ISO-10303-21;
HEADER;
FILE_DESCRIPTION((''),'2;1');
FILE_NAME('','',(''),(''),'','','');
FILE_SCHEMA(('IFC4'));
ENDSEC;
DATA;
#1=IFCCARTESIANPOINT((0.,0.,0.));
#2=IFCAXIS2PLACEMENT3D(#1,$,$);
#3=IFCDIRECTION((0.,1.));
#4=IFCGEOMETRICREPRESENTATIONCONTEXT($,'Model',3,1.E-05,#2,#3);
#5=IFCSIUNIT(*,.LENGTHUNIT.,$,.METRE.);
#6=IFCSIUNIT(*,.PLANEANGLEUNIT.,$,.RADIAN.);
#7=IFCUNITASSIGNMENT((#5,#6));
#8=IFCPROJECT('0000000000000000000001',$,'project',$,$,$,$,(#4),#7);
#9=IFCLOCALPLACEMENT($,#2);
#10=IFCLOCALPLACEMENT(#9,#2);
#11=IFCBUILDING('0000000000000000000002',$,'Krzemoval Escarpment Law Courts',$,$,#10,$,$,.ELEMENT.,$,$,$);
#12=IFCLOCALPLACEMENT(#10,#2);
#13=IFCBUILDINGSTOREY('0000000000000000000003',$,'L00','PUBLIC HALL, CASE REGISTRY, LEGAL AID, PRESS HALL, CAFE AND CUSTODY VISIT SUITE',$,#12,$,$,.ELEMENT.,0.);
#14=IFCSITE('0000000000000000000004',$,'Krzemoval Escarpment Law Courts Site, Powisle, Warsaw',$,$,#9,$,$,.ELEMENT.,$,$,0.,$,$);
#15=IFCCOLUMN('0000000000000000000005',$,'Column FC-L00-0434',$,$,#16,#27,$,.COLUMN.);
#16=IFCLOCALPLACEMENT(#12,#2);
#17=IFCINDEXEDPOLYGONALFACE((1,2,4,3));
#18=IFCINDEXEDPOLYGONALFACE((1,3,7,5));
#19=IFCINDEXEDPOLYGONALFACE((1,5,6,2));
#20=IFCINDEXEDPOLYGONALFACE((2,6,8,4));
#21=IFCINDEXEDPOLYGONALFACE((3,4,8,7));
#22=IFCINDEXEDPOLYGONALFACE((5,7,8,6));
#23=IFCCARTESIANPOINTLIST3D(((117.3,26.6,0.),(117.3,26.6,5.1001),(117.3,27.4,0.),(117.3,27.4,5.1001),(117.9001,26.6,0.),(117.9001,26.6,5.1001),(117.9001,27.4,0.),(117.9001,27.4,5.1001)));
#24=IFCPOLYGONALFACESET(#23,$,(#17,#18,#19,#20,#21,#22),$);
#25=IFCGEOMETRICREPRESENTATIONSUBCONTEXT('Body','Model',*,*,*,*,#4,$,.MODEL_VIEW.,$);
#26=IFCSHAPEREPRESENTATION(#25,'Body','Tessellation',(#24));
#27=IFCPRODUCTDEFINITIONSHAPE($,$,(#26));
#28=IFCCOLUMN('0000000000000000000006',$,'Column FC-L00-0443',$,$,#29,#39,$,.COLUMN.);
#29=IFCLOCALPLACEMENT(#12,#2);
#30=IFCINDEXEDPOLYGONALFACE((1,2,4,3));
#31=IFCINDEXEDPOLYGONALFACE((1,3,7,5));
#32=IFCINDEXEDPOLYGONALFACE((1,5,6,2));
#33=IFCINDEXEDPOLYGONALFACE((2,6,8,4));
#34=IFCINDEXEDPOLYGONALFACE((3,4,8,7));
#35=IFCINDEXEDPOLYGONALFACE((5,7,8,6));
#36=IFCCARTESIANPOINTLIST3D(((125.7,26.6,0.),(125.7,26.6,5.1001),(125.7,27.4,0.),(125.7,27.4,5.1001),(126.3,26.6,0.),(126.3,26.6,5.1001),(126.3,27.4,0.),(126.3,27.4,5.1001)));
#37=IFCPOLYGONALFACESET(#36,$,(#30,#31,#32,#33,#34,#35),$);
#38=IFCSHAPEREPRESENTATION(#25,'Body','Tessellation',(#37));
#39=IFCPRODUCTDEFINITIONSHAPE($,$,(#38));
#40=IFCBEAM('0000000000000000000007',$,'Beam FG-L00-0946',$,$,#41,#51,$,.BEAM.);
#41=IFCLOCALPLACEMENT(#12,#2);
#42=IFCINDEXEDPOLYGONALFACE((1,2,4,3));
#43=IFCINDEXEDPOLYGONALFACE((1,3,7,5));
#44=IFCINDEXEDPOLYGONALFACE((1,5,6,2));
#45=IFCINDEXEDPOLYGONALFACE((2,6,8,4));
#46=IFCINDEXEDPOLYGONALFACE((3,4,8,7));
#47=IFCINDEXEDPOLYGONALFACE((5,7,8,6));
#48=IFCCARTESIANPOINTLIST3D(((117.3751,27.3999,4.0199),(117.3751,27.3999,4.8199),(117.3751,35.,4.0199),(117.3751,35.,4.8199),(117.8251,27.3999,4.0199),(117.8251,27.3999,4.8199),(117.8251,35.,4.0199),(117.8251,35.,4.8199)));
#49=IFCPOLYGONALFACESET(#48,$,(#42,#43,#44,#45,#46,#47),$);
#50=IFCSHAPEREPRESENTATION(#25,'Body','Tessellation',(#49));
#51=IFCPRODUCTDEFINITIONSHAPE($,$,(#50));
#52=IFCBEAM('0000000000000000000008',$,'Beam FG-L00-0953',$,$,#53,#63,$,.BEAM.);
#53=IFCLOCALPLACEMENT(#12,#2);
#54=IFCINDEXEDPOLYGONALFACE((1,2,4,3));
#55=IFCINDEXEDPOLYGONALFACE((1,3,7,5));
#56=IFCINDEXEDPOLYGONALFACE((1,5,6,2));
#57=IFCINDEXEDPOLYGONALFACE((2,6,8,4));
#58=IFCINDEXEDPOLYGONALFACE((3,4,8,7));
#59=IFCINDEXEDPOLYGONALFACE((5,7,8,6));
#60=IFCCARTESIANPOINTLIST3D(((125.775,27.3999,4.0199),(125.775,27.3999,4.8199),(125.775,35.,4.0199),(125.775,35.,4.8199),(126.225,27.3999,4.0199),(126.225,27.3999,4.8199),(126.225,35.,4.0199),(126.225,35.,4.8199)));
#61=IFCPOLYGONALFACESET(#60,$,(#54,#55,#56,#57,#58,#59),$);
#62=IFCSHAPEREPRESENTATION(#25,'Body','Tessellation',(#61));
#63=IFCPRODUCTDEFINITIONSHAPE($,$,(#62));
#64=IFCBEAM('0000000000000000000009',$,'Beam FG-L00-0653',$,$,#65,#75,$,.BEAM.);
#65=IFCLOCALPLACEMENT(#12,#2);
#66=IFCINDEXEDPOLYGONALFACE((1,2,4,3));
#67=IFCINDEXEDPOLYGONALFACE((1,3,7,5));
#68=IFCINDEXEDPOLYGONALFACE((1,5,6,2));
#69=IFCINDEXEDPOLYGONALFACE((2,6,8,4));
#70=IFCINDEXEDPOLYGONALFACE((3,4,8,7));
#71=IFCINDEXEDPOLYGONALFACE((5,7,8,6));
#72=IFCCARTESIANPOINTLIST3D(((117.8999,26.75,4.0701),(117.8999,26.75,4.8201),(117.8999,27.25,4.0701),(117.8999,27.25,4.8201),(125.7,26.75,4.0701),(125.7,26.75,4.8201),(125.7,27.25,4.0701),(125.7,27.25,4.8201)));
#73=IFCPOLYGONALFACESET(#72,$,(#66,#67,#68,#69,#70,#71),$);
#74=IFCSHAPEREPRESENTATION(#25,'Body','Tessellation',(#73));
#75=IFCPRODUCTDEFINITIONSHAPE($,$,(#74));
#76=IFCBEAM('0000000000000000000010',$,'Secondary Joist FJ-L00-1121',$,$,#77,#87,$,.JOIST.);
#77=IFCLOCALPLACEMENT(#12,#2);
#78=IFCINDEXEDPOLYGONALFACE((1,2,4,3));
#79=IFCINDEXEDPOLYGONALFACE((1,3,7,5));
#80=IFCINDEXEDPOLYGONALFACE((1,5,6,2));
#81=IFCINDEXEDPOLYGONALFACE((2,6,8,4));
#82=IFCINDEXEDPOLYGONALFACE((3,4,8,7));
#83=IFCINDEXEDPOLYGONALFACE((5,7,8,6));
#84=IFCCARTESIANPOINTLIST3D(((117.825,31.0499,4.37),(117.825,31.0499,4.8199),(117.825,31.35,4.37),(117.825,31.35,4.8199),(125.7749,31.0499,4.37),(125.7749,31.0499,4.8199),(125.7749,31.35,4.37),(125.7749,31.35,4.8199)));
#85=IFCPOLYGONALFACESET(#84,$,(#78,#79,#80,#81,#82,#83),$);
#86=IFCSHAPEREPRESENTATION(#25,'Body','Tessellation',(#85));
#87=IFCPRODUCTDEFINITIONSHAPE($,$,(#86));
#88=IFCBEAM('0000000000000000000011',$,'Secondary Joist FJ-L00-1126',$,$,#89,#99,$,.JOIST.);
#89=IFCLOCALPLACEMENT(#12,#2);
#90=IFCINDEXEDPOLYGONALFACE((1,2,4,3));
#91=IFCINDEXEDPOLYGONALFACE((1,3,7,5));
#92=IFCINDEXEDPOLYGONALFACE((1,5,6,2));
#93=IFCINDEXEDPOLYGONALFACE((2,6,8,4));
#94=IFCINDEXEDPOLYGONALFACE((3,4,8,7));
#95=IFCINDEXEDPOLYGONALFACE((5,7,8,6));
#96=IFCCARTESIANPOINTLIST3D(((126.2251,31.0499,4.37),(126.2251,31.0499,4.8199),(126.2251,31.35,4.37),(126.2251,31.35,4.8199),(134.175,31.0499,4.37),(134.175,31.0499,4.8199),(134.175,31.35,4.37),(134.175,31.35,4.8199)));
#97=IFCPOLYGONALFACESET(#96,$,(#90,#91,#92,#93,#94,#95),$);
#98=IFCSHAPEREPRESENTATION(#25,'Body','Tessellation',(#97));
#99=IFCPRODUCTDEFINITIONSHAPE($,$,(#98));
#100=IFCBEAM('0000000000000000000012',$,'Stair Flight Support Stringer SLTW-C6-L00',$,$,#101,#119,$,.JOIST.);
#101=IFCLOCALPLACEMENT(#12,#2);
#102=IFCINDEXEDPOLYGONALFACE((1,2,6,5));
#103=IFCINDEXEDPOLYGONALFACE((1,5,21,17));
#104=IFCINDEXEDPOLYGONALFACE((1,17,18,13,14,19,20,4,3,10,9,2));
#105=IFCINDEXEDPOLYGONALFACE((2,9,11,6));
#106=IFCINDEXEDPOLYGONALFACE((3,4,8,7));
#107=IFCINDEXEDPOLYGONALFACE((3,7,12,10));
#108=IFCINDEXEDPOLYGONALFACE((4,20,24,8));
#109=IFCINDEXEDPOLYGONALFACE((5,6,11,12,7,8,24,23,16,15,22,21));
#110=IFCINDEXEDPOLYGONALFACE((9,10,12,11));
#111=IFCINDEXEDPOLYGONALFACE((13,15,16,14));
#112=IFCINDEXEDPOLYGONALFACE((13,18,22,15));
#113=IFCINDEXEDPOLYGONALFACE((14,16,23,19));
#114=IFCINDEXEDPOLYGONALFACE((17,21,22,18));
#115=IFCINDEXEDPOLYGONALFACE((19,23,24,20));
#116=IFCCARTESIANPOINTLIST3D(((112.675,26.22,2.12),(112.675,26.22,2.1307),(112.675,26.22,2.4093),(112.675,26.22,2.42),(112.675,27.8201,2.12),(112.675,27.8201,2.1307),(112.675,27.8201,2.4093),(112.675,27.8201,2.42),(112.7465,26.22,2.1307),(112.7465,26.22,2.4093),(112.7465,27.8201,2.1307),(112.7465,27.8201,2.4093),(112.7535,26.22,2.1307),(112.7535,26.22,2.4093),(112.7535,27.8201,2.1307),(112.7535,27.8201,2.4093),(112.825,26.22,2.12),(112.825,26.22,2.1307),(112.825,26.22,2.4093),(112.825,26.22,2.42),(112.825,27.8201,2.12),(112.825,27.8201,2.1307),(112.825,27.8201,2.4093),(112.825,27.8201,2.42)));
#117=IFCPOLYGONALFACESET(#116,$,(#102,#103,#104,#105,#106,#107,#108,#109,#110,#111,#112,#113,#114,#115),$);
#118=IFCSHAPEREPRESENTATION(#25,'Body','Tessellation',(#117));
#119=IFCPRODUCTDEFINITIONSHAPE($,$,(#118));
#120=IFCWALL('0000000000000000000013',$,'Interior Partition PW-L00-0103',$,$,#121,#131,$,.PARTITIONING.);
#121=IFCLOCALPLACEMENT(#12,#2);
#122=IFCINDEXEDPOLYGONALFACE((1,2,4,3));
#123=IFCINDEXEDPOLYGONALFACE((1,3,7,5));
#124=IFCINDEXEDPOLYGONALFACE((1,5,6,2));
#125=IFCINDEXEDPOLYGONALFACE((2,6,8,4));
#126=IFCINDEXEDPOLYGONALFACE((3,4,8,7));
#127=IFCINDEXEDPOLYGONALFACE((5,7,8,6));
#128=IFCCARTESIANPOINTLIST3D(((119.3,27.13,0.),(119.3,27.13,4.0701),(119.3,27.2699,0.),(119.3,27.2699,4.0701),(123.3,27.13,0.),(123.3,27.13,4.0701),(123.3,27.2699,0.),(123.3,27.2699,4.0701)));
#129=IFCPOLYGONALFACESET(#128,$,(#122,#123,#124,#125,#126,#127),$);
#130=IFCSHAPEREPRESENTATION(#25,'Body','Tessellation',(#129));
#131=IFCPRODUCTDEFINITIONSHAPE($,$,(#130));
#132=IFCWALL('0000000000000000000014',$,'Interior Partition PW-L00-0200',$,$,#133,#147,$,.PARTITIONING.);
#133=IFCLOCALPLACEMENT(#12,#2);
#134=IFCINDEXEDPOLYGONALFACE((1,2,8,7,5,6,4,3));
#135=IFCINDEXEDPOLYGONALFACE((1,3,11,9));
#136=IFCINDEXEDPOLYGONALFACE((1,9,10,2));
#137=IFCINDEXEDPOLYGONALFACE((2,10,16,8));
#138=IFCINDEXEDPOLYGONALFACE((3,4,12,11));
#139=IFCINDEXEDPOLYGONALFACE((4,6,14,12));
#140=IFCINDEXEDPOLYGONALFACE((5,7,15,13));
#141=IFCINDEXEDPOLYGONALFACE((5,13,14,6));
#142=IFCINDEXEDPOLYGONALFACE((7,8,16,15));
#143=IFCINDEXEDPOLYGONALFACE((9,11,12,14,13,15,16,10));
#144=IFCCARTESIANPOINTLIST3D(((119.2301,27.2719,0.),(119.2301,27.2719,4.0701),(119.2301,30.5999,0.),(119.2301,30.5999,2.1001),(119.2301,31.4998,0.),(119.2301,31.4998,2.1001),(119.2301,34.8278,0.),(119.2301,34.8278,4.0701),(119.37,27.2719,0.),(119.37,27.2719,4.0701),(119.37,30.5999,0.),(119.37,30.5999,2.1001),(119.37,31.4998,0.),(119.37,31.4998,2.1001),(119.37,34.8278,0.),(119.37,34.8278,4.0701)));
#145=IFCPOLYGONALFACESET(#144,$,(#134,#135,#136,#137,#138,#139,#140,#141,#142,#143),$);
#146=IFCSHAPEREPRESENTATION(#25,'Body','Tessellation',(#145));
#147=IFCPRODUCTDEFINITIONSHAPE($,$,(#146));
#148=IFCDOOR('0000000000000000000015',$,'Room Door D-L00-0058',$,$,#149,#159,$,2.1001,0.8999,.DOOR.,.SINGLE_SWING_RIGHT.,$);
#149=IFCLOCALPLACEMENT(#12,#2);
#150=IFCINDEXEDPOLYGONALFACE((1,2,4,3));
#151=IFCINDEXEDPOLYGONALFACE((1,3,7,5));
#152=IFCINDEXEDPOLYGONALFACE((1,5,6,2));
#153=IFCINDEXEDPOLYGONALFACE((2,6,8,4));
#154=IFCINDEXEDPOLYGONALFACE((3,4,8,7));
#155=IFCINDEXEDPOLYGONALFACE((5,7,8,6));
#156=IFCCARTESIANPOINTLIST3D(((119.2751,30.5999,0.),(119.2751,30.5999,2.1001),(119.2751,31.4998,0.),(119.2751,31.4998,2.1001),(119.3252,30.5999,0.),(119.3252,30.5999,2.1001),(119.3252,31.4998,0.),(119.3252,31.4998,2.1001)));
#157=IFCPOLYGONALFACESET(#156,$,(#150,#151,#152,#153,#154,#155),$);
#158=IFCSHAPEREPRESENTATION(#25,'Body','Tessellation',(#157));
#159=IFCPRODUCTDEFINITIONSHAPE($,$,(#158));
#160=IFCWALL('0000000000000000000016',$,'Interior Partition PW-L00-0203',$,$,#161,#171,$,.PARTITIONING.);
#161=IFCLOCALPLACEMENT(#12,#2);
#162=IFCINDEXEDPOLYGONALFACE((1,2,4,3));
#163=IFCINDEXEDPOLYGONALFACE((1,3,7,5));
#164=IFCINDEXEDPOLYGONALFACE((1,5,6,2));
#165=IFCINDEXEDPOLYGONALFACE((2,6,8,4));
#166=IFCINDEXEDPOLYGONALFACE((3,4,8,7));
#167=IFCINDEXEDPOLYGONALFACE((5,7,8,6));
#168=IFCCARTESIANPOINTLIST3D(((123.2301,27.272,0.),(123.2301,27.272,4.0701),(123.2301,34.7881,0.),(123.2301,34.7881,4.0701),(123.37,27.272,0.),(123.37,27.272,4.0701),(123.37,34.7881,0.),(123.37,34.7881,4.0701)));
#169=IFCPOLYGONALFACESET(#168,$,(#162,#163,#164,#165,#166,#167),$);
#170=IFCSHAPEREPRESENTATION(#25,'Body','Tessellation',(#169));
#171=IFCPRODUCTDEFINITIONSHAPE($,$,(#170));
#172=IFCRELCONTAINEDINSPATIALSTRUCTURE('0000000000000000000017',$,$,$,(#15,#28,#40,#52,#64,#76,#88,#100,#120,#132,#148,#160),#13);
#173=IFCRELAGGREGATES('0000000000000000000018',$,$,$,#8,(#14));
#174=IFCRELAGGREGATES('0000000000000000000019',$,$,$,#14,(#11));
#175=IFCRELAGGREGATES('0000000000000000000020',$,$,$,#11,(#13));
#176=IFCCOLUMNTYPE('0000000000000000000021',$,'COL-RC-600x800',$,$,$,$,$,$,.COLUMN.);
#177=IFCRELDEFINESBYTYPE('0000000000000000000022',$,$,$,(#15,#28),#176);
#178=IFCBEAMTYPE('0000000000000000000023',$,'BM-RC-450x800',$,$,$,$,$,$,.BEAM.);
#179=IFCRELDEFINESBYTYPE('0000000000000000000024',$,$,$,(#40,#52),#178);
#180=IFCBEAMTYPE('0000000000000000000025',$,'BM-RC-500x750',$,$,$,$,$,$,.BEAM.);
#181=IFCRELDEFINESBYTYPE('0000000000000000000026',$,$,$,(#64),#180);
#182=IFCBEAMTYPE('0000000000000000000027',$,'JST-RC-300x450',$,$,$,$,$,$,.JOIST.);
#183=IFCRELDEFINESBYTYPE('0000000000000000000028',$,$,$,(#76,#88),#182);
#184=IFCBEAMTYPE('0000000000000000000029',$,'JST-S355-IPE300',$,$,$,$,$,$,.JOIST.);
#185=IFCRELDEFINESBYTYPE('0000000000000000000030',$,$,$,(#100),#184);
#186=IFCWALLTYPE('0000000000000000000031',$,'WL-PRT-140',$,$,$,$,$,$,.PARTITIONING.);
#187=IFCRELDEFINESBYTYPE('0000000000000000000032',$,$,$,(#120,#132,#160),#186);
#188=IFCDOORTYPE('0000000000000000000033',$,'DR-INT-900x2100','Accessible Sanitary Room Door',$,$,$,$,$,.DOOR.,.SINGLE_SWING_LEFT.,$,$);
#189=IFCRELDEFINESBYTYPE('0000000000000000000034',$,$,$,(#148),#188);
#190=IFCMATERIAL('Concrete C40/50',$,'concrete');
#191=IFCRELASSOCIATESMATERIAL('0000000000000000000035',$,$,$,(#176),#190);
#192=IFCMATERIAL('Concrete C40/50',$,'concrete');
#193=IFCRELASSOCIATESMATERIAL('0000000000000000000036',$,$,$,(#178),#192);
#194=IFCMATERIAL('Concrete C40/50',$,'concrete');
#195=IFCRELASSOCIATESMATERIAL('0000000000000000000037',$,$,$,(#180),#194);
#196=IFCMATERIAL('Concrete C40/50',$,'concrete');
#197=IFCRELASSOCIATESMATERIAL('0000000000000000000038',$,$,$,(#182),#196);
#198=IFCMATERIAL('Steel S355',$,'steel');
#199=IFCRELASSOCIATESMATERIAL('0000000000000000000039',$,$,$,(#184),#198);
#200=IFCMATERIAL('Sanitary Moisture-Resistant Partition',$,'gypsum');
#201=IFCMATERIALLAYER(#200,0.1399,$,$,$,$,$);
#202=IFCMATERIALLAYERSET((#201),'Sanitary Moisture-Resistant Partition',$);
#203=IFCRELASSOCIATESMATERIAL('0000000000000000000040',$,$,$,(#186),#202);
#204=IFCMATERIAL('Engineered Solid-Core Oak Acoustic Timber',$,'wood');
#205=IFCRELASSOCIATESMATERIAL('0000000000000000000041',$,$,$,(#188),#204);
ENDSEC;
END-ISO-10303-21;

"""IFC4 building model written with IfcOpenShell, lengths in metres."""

from ifc_helpers import new_model, si_unit, direction, frame, frame_2d, origin, origin_2d, place, context, subcontext, project, spatial, rectangle, i_section, extrude, material, layer, layer_set, material_profile, profile_set, type_object, element, fill, save


model = new_model("IFC4")

# Units and contexts
model_context = context("Model", 3, precision=1e-05, world=origin(), true_north=direction((0.0, 1.0)))
body_context = subcontext(model_context, "Body", "Model", "MODEL_VIEW")
ifc_project = project(units=[si_unit("LENGTHUNIT", "METRE"), si_unit("PLANEANGLEUNIT", "RADIAN")], contexts=[model_context])

# Site, building, storey
site_placement = place(None, origin())
site = spatial("IfcSite", under=ifc_project, at=site_placement, Name="Krzemoval Escarpment Law Courts Site, Powisle, Warsaw", CompositionType="ELEMENT", RefElevation=0.0)
building_placement = place(site_placement, origin())
building = spatial("IfcBuilding", under=site, at=building_placement, Name="Krzemoval Escarpment Law Courts", CompositionType="ELEMENT")
storey_placement = place(building_placement, origin())
storey = spatial("IfcBuildingStorey", under=building, at=storey_placement, Name="L00", Description="PUBLIC HALL, CASE REGISTRY, LEGAL AID, PRESS HALL, CAFE AND CUSTODY VISIT SUITE", CompositionType="ELEMENT", Elevation=0.0)

# Columns
ifc_material_1 = material(Name="Concrete C40/50", Category="concrete")
ifc_material_profile_1 = material_profile(ifc_material_1, rectangle(XDim=0.6001, YDim=0.8, at=origin_2d()), Name="RC 600x800")
ifc_profile_set_1 = profile_set([ifc_material_profile_1], Name="Concrete C40/50")
column_type = type_object("IfcColumnType", Name="COL-RC-600x800", PredefinedType="COLUMN", material=ifc_profile_set_1)
for number, where, z_axis, x_axis, name in (
    (1, (117.6001, 27.0, 0.0), (0.0, 0.0, 1.0), (1.0, 0.0, 0.0), "Column FC-L00-0434"),
    (2, (126.0, 27.0, 0.0), (0.0, 0.0, 1.0), (1.0, 0.0, 0.0), "Column FC-L00-0443"),
):
    element("IfcColumn", number, at=place(storey_placement, frame(where, z_axis=z_axis, x_axis=x_axis)), inside=storey, type_object=column_type, Name=name, PredefinedType="COLUMN", context=body_context, shape_type="SweptSolid", body=[
        extrude(rectangle(XDim=0.6001, YDim=0.8, at=origin_2d()), origin(), (0.0, 0.0, 1.0), 5.1001),
    ])

# Beams
ifc_material_2 = material(Name="Concrete C40/50", Category="concrete")
ifc_material_profile_2 = material_profile(ifc_material_2, rectangle(XDim=0.45, YDim=0.8, at=origin_2d()), Name="RCB 450x800")
ifc_profile_set_2 = profile_set([ifc_material_profile_2], Name="Concrete C40/50")
beam_type_1 = type_object("IfcBeamType", Name="BM-RC-450x800", PredefinedType="BEAM", material=ifc_profile_set_2)
for number, where, z_axis, x_axis, name in (
    (3, (117.6001, 27.3999, 4.4199), (0.0, 1.0, 0.0), (-1.0, 0.0, 0.0), "Beam FG-L00-0946"),
    (4, (126.0, 27.3999, 4.4199), (0.0, 1.0, 0.0), (-1.0, 0.0, 0.0), "Beam FG-L00-0953"),
):
    element("IfcBeam", number, at=place(storey_placement, frame(where, z_axis=z_axis, x_axis=x_axis)), inside=storey, type_object=beam_type_1, Name=name, PredefinedType="BEAM", context=body_context, shape_type="SweptSolid", body=[
        extrude(rectangle(XDim=0.45, YDim=0.8, at=origin_2d()), origin(), (0.0, 0.0, 1.0), 7.6001),
    ])
ifc_material_3 = material(Name="Concrete C40/50", Category="concrete")
ifc_material_profile_3 = material_profile(ifc_material_3, rectangle(XDim=0.5, YDim=0.75, at=origin_2d()), Name="RCB 500x750")
ifc_profile_set_3 = profile_set([ifc_material_profile_3], Name="Concrete C40/50")
beam_type_2 = type_object("IfcBeamType", Name="BM-RC-500x750", PredefinedType="BEAM", material=ifc_profile_set_3)
beam_1_placement = place(storey_placement, frame((117.8999, 27.0, 4.4451), z_axis=(1.0, 0.0, 0.0), x_axis=(0.0, 1.0, 0.0)))
element("IfcBeam", 5, at=beam_1_placement, inside=storey, type_object=beam_type_2, Name="Beam FG-L00-0653", PredefinedType="BEAM", context=body_context, shape_type="SweptSolid", body=[
    extrude(rectangle(XDim=0.5, YDim=0.75, at=origin_2d()), origin(), (0.0, 0.0, 1.0), 7.8),
])
ifc_material_4 = material(Name="Concrete C40/50", Category="concrete")
ifc_material_profile_4 = material_profile(ifc_material_4, rectangle(XDim=0.3, YDim=0.45, at=origin_2d()), Name="RCB 300x450")
ifc_profile_set_4 = profile_set([ifc_material_profile_4], Name="Concrete C40/50")
beam_type_3 = type_object("IfcBeamType", Name="JST-RC-300x450", PredefinedType="JOIST", material=ifc_profile_set_4)
for number, where, z_axis, x_axis, name in (
    (6, (117.825, 31.2, 4.595), (1.0, 0.0, 0.0), (0.0, 1.0, 0.0), "Secondary Joist FJ-L00-1121"),
    (7, (126.2251, 31.2, 4.595), (1.0, 0.0, 0.0), (0.0, 1.0, 0.0), "Secondary Joist FJ-L00-1126"),
):
    element("IfcBeam", number, at=place(storey_placement, frame(where, z_axis=z_axis, x_axis=x_axis)), inside=storey, type_object=beam_type_3, Name=name, PredefinedType="JOIST", context=body_context, shape_type="SweptSolid", body=[
        extrude(rectangle(XDim=0.3, YDim=0.45, at=origin_2d()), origin(), (0.0, 0.0, 1.0), 7.95),
    ])
ifc_material_5 = material(Name="Steel S355", Category="steel")
ifc_material_profile_5 = material_profile(ifc_material_5, i_section(OverallWidth=0.1499, OverallDepth=0.3, WebThickness=0.0071, FlangeThickness=0.0107, at=origin_2d()), Name="IPE 300")
ifc_profile_set_5 = profile_set([ifc_material_profile_5], Name="Steel S355")
beam_type_4 = type_object("IfcBeamType", Name="JST-S355-IPE300", PredefinedType="JOIST", material=ifc_profile_set_5)
beam_2_placement = place(storey_placement, frame((112.75, 26.22, 2.27), z_axis=(0.0, 1.0, 0.0), x_axis=(-1.0, 0.0, 0.0)))
element("IfcBeam", 8, at=beam_2_placement, inside=storey, type_object=beam_type_4, Name="Stair Flight Support Stringer SLTW-C6-L00", PredefinedType="JOIST", context=body_context, shape_type="SweptSolid", body=[
    extrude(i_section(OverallWidth=0.1499, OverallDepth=0.3, WebThickness=0.0071, FlangeThickness=0.0107, at=origin_2d()), origin(), (0.0, 0.0, 1.0), 1.6001),
])

# Wall
ifc_material_6 = material(Name="Sanitary Moisture-Resistant Partition", Category="gypsum")
ifc_layer_1 = layer(ifc_material_6, 0.1399)
ifc_layer_set_1 = layer_set([ifc_layer_1], Name="Sanitary Moisture-Resistant Partition")
wall_type_1 = type_object("IfcWallType", Name="WL-PRT-140", PredefinedType="PARTITIONING", material=ifc_layer_set_1)
wall_1_placement = place(storey_placement, frame((119.3, 27.2, 0.0), z_axis=(0.0, 0.0, 1.0), x_axis=(1.0, 0.0, 0.0)))
element("IfcWall", 9, at=wall_1_placement, inside=storey, type_object=wall_type_1, Name="Interior Partition PW-L00-0103", PredefinedType="PARTITIONING", context=body_context, shape_type="SweptSolid", body=[
    extrude(rectangle(XDim=4.0, YDim=0.1399, at=frame_2d((2.0, 0.0))), origin(), (0.0, 0.0, 1.0), 4.0701),
])

# Wall, opening, door
wall_2_placement = place(storey_placement, frame((119.3, 27.272, 0.0), z_axis=(0.0, 0.0, 1.0), x_axis=(0.0, 1.0, 0.0)))
wall_2 = element("IfcWall", 10, at=wall_2_placement, inside=storey, type_object=wall_type_1, Name="Interior Partition PW-L00-0200", PredefinedType="PARTITIONING", context=body_context, shape_type="SweptSolid", body=[
    extrude(rectangle(XDim=7.5559, YDim=0.1399, at=frame_2d((3.7778, 0.0))), origin(), (0.0, 0.0, 1.0), 4.0701),
])
opening_1_placement = place(wall_2_placement, frame((3.3279, 0.0, 0.0)))
opening_1 = element("IfcOpeningElement", 11, at=opening_1_placement, cuts=wall_2, PredefinedType="OPENING", context=body_context, shape_type="SweptSolid", body=[
    extrude(rectangle(XDim=0.8999, YDim=2.1001, at=frame_2d((0.45, 1.05))), frame((0.0, 0.0849, 0.0), z_axis=(0.0, -1.0, 0.0), x_axis=(1.0, 0.0, 0.0)), (0.0, 0.0, 1.0), 0.1699),
])
ifc_material_7 = material(Name="Engineered Solid-Core Oak Acoustic Timber", Category="wood")
door_type_1 = type_object("IfcDoorType", Name="DR-INT-900x2100", Description="Accessible Sanitary Room Door", OperationType="SINGLE_SWING_LEFT", PredefinedType="DOOR", material=ifc_material_7)
door_1_placement = place(opening_1_placement, origin())
door_1 = element("IfcDoor", 12, at=door_1_placement, inside=storey, type_object=door_type_1, Name="Room Door D-L00-0058", OperationType="SINGLE_SWING_RIGHT", OverallHeight=2.1001, OverallWidth=0.8999, PredefinedType="DOOR", context=body_context, shape_type="SweptSolid", body=[
    extrude(rectangle(XDim=0.8999, YDim=2.1001, at=frame_2d((0.45, 1.05))), frame((0.0, 0.0249, 0.0), z_axis=(0.0, -1.0, 0.0), x_axis=(1.0, 0.0, 0.0)), (0.0, 0.0, 1.0), 0.05),
])
fill(opening_1, door_1)

# Wall
wall_3_placement = place(storey_placement, frame((123.3, 27.272, 0.0), z_axis=(0.0, 0.0, 1.0), x_axis=(0.0, 1.0, 0.0)))
element("IfcWall", 13, at=wall_3_placement, inside=storey, type_object=wall_type_1, Name="Interior Partition PW-L00-0203", PredefinedType="PARTITIONING", context=body_context, shape_type="SweptSolid", body=[
    extrude(rectangle(XDim=7.5161, YDim=0.1399, at=frame_2d((3.7581, 0.0))), origin(), (0.0, 0.0, 1.0), 4.0701),
])

save(model, "model.ifc")
